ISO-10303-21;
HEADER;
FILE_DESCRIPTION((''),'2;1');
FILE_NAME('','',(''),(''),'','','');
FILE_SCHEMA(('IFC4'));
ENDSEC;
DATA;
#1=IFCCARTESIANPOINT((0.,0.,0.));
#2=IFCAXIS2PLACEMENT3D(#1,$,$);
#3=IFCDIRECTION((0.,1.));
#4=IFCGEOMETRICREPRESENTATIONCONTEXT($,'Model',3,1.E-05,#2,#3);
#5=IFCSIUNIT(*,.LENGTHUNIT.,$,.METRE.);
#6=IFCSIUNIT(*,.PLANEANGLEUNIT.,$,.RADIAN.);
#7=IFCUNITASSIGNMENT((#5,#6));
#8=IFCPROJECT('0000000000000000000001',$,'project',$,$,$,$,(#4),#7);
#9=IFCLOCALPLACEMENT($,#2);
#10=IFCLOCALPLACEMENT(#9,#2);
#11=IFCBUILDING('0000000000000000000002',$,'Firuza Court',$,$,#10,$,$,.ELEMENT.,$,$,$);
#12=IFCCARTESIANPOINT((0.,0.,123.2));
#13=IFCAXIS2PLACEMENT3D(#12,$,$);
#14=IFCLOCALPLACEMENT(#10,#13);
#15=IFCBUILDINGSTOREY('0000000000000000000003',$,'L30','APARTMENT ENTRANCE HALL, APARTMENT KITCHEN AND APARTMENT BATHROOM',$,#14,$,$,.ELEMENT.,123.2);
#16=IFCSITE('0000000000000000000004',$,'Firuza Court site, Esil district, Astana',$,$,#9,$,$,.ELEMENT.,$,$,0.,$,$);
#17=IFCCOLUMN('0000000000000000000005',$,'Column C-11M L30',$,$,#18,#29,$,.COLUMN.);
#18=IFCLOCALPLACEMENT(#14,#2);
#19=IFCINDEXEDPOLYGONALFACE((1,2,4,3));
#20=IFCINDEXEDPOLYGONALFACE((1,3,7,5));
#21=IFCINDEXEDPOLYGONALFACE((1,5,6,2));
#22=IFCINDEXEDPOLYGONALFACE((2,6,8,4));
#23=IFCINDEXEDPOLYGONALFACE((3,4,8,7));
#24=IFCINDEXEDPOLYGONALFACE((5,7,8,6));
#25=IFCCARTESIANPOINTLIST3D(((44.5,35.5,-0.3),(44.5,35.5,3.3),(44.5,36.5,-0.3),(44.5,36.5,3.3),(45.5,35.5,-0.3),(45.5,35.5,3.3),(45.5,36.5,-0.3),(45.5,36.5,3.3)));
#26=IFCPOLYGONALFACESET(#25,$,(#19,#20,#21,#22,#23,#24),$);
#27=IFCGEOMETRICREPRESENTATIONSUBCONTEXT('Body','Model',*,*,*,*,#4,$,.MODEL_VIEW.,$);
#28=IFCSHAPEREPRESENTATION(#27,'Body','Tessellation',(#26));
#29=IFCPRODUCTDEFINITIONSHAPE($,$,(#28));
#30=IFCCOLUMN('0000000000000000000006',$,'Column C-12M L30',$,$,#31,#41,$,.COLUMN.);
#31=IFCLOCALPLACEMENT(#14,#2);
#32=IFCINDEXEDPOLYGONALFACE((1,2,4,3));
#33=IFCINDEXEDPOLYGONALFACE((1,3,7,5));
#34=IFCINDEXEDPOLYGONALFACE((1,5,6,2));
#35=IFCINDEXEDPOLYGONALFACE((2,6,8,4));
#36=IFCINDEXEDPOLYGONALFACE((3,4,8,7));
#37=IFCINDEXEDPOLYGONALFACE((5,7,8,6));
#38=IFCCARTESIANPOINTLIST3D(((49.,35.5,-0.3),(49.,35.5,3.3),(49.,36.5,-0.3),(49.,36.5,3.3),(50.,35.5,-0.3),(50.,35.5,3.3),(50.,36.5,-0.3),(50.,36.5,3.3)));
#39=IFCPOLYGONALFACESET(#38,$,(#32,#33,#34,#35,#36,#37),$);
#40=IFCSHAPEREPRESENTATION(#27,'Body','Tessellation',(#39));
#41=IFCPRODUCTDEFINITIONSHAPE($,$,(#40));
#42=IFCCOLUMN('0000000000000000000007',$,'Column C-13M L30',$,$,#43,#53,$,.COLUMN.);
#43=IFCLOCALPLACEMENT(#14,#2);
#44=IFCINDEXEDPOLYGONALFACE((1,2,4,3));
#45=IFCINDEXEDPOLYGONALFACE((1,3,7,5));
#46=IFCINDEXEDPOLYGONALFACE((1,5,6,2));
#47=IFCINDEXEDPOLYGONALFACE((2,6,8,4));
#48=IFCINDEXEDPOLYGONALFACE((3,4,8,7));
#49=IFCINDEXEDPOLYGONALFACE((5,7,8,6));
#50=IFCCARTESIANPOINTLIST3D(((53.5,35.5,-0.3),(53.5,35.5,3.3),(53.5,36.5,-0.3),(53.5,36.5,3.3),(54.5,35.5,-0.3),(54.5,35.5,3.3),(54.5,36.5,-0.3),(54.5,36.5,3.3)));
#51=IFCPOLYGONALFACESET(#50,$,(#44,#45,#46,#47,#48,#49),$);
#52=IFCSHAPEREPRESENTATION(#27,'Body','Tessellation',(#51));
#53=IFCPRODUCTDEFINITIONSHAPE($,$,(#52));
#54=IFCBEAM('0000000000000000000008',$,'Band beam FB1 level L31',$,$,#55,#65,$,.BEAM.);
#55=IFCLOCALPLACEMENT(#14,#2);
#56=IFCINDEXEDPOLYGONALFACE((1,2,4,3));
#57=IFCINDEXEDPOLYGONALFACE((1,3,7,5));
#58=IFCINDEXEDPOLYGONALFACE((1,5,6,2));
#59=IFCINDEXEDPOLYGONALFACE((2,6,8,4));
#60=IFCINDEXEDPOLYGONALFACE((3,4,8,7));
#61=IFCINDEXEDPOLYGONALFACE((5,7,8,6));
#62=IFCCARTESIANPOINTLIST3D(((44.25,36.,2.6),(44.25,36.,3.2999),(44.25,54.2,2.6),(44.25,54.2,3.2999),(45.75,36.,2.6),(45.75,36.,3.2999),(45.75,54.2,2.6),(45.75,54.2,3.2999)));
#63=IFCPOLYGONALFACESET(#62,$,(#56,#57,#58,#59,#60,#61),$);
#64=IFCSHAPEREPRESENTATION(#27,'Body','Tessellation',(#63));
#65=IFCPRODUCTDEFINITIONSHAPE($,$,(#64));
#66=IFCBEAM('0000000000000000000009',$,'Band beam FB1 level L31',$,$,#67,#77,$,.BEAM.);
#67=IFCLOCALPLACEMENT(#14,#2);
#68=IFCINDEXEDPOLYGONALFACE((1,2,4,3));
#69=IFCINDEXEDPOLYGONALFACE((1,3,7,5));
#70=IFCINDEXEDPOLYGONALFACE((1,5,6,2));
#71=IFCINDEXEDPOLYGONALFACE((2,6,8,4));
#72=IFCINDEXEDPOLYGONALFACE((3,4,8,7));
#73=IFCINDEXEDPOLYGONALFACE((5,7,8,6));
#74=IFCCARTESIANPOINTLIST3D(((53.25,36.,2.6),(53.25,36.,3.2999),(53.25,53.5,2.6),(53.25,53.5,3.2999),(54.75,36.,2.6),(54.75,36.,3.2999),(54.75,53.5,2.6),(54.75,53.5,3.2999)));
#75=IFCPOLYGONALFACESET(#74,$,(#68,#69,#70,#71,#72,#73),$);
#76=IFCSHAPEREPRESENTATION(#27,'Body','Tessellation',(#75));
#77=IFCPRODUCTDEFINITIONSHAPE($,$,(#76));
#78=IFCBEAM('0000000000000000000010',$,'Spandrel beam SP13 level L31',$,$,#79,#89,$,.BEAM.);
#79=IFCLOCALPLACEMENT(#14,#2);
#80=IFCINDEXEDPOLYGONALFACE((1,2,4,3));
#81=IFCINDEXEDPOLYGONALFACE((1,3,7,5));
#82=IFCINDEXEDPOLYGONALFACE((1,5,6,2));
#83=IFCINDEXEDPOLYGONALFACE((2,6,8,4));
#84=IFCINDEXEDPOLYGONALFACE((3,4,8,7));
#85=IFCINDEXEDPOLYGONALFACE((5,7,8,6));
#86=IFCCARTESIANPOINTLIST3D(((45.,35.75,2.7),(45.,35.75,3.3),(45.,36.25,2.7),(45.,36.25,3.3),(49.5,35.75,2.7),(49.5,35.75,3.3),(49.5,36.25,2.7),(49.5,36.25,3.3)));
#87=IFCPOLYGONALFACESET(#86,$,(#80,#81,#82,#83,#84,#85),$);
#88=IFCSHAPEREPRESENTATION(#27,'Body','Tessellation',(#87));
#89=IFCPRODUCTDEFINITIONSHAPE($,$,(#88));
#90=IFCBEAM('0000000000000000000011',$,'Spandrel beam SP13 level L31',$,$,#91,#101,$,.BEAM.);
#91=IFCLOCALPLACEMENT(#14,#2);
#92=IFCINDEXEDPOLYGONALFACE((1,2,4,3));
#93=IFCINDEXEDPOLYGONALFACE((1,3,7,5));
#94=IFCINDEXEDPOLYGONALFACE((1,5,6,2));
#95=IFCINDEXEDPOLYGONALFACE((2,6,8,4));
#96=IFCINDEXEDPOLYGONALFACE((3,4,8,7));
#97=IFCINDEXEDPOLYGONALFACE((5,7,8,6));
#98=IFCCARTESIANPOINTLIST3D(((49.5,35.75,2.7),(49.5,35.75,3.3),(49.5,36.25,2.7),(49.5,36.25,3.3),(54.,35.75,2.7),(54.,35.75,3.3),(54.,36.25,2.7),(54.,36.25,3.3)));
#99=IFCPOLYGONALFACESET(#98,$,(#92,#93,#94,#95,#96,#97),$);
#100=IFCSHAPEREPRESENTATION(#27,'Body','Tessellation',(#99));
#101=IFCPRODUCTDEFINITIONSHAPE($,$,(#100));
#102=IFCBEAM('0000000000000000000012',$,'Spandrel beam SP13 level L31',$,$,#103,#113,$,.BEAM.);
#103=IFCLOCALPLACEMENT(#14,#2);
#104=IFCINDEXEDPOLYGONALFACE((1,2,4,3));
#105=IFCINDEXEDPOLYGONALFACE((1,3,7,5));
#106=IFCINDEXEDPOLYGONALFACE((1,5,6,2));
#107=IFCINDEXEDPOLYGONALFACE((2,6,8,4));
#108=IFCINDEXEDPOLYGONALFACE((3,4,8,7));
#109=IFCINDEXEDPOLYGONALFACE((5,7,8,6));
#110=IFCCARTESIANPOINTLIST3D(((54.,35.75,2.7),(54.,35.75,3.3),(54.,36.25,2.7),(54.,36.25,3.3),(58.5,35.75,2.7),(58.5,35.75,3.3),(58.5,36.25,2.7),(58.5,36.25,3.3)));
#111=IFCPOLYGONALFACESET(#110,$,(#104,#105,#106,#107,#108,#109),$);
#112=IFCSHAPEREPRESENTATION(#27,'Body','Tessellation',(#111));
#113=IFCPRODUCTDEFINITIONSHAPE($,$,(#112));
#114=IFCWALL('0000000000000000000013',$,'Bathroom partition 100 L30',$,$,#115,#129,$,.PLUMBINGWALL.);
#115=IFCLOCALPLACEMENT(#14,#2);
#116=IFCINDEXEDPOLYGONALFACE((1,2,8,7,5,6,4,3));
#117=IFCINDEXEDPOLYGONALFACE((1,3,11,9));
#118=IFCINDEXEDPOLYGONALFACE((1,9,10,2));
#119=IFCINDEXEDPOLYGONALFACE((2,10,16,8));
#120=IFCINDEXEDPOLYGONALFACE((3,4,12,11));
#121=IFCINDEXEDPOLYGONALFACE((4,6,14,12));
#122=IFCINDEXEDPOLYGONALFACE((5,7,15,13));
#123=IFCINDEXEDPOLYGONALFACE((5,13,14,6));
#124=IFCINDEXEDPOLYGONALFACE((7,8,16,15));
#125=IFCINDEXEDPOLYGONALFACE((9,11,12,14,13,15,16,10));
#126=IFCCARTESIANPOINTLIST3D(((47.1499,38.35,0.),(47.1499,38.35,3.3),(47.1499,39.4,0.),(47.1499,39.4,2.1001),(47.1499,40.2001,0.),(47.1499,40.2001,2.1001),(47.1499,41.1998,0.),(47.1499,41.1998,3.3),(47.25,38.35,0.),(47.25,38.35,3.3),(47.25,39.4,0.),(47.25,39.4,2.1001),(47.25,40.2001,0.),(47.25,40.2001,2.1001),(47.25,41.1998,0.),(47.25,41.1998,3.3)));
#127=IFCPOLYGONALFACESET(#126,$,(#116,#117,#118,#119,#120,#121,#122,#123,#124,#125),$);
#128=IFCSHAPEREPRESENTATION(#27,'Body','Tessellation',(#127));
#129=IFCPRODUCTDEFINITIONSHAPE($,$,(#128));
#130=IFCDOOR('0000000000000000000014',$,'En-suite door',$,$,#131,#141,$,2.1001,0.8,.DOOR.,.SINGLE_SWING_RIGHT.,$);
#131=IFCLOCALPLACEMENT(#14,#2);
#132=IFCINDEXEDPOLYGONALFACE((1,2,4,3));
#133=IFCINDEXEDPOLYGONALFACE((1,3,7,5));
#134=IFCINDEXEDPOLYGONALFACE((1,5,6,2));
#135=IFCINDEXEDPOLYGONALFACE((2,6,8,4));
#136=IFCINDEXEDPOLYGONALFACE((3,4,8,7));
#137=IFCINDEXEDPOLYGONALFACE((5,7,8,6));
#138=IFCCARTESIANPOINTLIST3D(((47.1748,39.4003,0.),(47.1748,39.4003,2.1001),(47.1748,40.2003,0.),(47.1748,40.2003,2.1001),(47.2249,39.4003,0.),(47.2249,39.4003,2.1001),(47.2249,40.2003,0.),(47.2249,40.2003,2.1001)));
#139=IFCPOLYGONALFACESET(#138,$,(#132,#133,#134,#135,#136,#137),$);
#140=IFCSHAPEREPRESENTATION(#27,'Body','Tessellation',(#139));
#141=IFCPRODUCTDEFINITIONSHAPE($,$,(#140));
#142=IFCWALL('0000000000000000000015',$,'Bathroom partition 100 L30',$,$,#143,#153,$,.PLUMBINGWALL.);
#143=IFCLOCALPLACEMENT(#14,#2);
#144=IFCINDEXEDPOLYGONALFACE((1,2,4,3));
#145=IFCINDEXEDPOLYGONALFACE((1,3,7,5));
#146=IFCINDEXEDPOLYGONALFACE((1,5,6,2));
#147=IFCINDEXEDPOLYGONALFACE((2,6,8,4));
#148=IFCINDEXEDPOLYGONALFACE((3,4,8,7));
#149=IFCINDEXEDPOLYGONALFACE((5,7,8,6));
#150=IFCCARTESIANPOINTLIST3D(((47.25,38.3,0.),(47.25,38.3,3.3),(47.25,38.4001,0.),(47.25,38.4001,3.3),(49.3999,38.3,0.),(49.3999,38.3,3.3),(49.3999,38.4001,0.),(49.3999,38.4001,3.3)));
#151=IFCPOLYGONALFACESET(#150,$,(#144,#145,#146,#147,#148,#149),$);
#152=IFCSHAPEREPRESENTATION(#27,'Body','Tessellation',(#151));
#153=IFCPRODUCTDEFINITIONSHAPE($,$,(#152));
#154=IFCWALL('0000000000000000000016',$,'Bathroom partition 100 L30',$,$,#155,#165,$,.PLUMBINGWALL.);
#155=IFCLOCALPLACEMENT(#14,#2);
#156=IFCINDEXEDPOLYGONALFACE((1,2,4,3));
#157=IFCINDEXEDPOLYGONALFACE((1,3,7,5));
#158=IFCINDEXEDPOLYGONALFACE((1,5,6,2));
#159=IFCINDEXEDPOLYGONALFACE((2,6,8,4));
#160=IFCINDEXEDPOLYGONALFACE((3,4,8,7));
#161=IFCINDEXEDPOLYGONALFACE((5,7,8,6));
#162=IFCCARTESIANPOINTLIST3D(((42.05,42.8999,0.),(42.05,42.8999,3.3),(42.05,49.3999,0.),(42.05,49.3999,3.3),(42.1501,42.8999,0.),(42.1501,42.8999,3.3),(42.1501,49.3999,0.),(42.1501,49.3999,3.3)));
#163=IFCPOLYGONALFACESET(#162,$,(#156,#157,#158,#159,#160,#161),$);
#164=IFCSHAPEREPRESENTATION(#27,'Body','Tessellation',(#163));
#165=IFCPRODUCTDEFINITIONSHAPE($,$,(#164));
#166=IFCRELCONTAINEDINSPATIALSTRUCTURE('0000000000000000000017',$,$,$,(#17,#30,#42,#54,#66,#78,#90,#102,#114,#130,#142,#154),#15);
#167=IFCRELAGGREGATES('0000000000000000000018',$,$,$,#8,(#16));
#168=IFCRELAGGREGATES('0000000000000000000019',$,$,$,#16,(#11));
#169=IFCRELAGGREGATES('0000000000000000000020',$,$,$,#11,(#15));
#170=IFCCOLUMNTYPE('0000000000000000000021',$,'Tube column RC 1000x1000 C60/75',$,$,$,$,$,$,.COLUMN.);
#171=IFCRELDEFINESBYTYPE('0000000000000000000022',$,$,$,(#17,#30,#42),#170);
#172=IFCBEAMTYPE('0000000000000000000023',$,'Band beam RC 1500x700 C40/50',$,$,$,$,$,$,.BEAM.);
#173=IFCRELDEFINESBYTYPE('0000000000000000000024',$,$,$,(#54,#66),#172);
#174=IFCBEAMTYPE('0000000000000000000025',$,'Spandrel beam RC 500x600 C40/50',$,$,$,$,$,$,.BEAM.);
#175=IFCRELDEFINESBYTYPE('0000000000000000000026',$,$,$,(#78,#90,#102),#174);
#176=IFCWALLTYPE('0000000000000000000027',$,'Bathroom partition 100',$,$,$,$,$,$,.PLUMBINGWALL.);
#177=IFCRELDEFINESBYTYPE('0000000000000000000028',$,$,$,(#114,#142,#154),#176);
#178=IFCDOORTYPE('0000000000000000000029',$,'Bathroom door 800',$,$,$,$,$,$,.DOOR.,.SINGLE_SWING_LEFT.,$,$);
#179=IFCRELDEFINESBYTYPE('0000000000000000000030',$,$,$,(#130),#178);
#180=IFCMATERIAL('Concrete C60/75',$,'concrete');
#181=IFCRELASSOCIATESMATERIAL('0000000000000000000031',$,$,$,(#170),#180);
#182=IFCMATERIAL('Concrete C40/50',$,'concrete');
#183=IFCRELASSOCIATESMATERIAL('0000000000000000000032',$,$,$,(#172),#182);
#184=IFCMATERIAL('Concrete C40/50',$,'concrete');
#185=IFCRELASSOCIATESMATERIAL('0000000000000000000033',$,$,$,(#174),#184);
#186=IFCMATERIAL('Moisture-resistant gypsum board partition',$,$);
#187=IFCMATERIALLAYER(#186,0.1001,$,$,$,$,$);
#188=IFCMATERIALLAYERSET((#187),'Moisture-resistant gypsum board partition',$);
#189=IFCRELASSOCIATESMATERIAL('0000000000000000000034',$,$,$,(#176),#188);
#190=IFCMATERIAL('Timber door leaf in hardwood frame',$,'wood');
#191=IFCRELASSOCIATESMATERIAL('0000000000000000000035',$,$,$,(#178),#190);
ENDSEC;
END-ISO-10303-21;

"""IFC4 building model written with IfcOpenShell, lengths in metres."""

from ifc_helpers import new_model, si_unit, direction, frame, frame_2d, origin, origin_2d, place, context, subcontext, project, spatial, rectangle, extrude, material, layer, layer_set, material_profile, profile_set, type_object, element, fill, save


model = new_model("IFC4")

# Units and contexts
model_context = context("Model", 3, precision=1e-05, world=origin(), true_north=direction((0.0, 1.0)))
body_context = subcontext(model_context, "Body", "Model", "MODEL_VIEW")
ifc_project = project(units=[si_unit("LENGTHUNIT", "METRE"), si_unit("PLANEANGLEUNIT", "RADIAN")], contexts=[model_context])

# Site, building, storey
site_placement = place(None, origin())
site = spatial("IfcSite", under=ifc_project, at=site_placement, Name="Firuza Court site, Esil district, Astana", CompositionType="ELEMENT", RefElevation=0.0)
building_placement = place(site_placement, origin())
building = spatial("IfcBuilding", under=site, at=building_placement, Name="Firuza Court", CompositionType="ELEMENT")
storey_placement = place(building_placement, frame((0.0, 0.0, 123.2)))
storey = spatial("IfcBuildingStorey", under=building, at=storey_placement, Name="L30", Description="APARTMENT ENTRANCE HALL, APARTMENT KITCHEN AND APARTMENT BATHROOM", CompositionType="ELEMENT", Elevation=123.2)

# Columns
ifc_material_1 = material(Name="Concrete C60/75", Category="concrete")
ifc_material_profile_1 = material_profile(ifc_material_1, rectangle(XDim=1.0, YDim=1.0, at=origin_2d()), Name="RC 1000x1000")
ifc_profile_set_1 = profile_set([ifc_material_profile_1], Name="Concrete C60/75")
column_type = type_object("IfcColumnType", Name="Tube column RC 1000x1000 C60/75", PredefinedType="COLUMN", material=ifc_profile_set_1)
for number, where, z_axis, x_axis, name in (
    (1, (45.0, 36.0, -0.3), (0.0, 0.0, 1.0), (1.0, 0.0, 0.0), "Column C-11M L30"),
    (2, (49.5, 36.0, -0.3), (0.0, 0.0, 1.0), (1.0, 0.0, 0.0), "Column C-12M L30"),
    (3, (54.0, 36.0, -0.3), (0.0, 0.0, 1.0), (1.0, 0.0, 0.0), "Column C-13M L30"),
):
    element("IfcColumn", number, at=place(storey_placement, frame(where, z_axis=z_axis, x_axis=x_axis)), inside=storey, type_object=column_type, Name=name, PredefinedType="COLUMN", context=body_context, shape_type="SweptSolid", body=[
        extrude(rectangle(XDim=1.0, YDim=1.0, at=origin_2d()), origin(), (0.0, 0.0, 1.0), 3.6001),
    ])

# Beams
ifc_material_2 = material(Name="Concrete C40/50", Category="concrete")
ifc_material_profile_2 = material_profile(ifc_material_2, rectangle(XDim=1.5, YDim=0.7, at=origin_2d()), Name="RC 1500x700")
ifc_profile_set_2 = profile_set([ifc_material_profile_2], Name="Concrete C40/50")
beam_type_1 = type_object("IfcBeamType", Name="Band beam RC 1500x700 C40/50", PredefinedType="BEAM", material=ifc_profile_set_2)
beam_1_placement = place(storey_placement, frame((45.0, 36.0, 2.95), z_axis=(0.0, 1.0, 0.0), x_axis=(-1.0, 0.0, 0.0)))
element("IfcBeam", 4, at=beam_1_placement, inside=storey, type_object=beam_type_1, Name="Band beam FB1 level L31", PredefinedType="BEAM", context=body_context, shape_type="SweptSolid", body=[
    extrude(rectangle(XDim=1.5, YDim=0.7, at=origin_2d()), origin(), (0.0, 0.0, 1.0), 18.2),
])
beam_2_placement = place(storey_placement, frame((54.0, 36.0, 2.95), z_axis=(0.0, 1.0, 0.0), x_axis=(-1.0, 0.0, 0.0)))
element("IfcBeam", 5, at=beam_2_placement, inside=storey, type_object=beam_type_1, Name="Band beam FB1 level L31", PredefinedType="BEAM", context=body_context, shape_type="SweptSolid", body=[
    extrude(rectangle(XDim=1.5, YDim=0.7, at=origin_2d()), origin(), (0.0, 0.0, 1.0), 17.5),
])
ifc_material_3 = material(Name="Concrete C40/50", Category="concrete")
ifc_material_profile_3 = material_profile(ifc_material_3, rectangle(XDim=0.5, YDim=0.6001, at=origin_2d()), Name="RC 500x600")
ifc_profile_set_3 = profile_set([ifc_material_profile_3], Name="Concrete C40/50")
beam_type_2 = type_object("IfcBeamType", Name="Spandrel beam RC 500x600 C40/50", PredefinedType="BEAM", material=ifc_profile_set_3)
for number, where, z_axis, x_axis, name in (
    (6, (45.0, 36.0, 3.0), (1.0, 0.0, 0.0), (0.0, 1.0, 0.0), "Spandrel beam SP13 level L31"),
    (7, (49.5, 36.0, 3.0), (1.0, 0.0, 0.0), (0.0, 1.0, 0.0), "Spandrel beam SP13 level L31"),
    (8, (54.0, 36.0, 3.0), (1.0, 0.0, 0.0), (0.0, 1.0, 0.0), "Spandrel beam SP13 level L31"),
):
    element("IfcBeam", number, at=place(storey_placement, frame(where, z_axis=z_axis, x_axis=x_axis)), inside=storey, type_object=beam_type_2, Name=name, PredefinedType="BEAM", context=body_context, shape_type="SweptSolid", body=[
        extrude(rectangle(XDim=0.5, YDim=0.6001, at=origin_2d()), origin(), (0.0, 0.0, 1.0), 4.5),
    ])

# Wall, opening, door
ifc_material_4 = material(Name="Moisture-resistant gypsum board partition")
ifc_layer_1 = layer(ifc_material_4, 0.1001)
ifc_layer_set_1 = layer_set([ifc_layer_1], Name="Moisture-resistant gypsum board partition")
wall_type_1 = type_object("IfcWallType", Name="Bathroom partition 100", PredefinedType="PLUMBINGWALL", material=ifc_layer_set_1)
wall_1_placement = place(storey_placement, frame((47.2, 38.3501, 0.0), z_axis=(0.0, 0.0, 1.0), x_axis=(0.0, 1.0, 0.0)))
wall_1 = element("IfcWall", 9, at=wall_1_placement, inside=storey, type_object=wall_type_1, Name="Bathroom partition 100 L30", PredefinedType="PLUMBINGWALL", context=body_context, shape_type="SweptSolid", body=[
    extrude(rectangle(XDim=2.8499, YDim=0.1001, at=frame_2d((1.4248, 0.0))), origin(), (0.0, 0.0, 1.0), 3.3),
])
opening_1_placement = place(wall_1_placement, frame((1.05, 0.0, 0.0)))
opening_1 = element("IfcOpeningElement", 10, at=opening_1_placement, cuts=wall_1, PredefinedType="OPENING", context=body_context, shape_type="SweptSolid", body=[
    extrude(rectangle(XDim=0.8, YDim=2.1001, at=frame_2d((0.3999, 1.05))), frame((0.0, 0.062, 0.0), z_axis=(0.0, -1.0, 0.0), x_axis=(1.0, 0.0, 0.0)), (0.0, 0.0, 1.0), 0.124),
])
ifc_material_5 = material(Name="Timber door leaf in hardwood frame", Category="wood")
door_type_1 = type_object("IfcDoorType", Name="Bathroom door 800", OperationType="SINGLE_SWING_LEFT", PredefinedType="DOOR", material=ifc_material_5)
door_1_placement = place(opening_1_placement, frame((0.8, 0.0, 0.0), z_axis=(0.0, 0.0, 1.0), x_axis=(-1.0, 0.0, 0.0)))
door_1 = element("IfcDoor", 11, at=door_1_placement, inside=storey, type_object=door_type_1, Name="En-suite door", OperationType="SINGLE_SWING_RIGHT", OverallHeight=2.1001, OverallWidth=0.8, PredefinedType="DOOR", context=body_context, shape_type="SweptSolid", body=[
    extrude(rectangle(XDim=0.8, YDim=2.1001, at=frame_2d((0.3999, 1.05))), frame((0.0, 0.0249, 0.0), z_axis=(0.0, -1.0, 0.0), x_axis=(1.0, 0.0, 0.0)), (0.0, 0.0, 1.0), 0.05),
])
fill(opening_1, door_1)

# Walls
wall_2_placement = place(storey_placement, frame((47.25, 38.3501, 0.0), z_axis=(0.0, 0.0, 1.0), x_axis=(1.0, 0.0, 0.0)))
element("IfcWall", 12, at=wall_2_placement, inside=storey, type_object=wall_type_1, Name="Bathroom partition 100 L30", PredefinedType="PLUMBINGWALL", context=body_context, shape_type="SweptSolid", body=[
    extrude(rectangle(XDim=2.1499, YDim=0.1001, at=frame_2d((1.075, 0.0))), origin(), (0.0, 0.0, 1.0), 3.3),
])
wall_3_placement = place(storey_placement, frame((42.1001, 42.8999, 0.0), z_axis=(0.0, 0.0, 1.0), x_axis=(0.0, 1.0, 0.0)))
element("IfcWall", 13, at=wall_3_placement, inside=storey, type_object=wall_type_1, Name="Bathroom partition 100 L30", PredefinedType="PLUMBINGWALL", context=body_context, shape_type="SweptSolid", body=[
    extrude(rectangle(XDim=6.5, YDim=0.1001, at=frame_2d((3.25, 0.0))), origin(), (0.0, 0.0, 1.0), 3.3),
])

save(model, "model.ifc")
